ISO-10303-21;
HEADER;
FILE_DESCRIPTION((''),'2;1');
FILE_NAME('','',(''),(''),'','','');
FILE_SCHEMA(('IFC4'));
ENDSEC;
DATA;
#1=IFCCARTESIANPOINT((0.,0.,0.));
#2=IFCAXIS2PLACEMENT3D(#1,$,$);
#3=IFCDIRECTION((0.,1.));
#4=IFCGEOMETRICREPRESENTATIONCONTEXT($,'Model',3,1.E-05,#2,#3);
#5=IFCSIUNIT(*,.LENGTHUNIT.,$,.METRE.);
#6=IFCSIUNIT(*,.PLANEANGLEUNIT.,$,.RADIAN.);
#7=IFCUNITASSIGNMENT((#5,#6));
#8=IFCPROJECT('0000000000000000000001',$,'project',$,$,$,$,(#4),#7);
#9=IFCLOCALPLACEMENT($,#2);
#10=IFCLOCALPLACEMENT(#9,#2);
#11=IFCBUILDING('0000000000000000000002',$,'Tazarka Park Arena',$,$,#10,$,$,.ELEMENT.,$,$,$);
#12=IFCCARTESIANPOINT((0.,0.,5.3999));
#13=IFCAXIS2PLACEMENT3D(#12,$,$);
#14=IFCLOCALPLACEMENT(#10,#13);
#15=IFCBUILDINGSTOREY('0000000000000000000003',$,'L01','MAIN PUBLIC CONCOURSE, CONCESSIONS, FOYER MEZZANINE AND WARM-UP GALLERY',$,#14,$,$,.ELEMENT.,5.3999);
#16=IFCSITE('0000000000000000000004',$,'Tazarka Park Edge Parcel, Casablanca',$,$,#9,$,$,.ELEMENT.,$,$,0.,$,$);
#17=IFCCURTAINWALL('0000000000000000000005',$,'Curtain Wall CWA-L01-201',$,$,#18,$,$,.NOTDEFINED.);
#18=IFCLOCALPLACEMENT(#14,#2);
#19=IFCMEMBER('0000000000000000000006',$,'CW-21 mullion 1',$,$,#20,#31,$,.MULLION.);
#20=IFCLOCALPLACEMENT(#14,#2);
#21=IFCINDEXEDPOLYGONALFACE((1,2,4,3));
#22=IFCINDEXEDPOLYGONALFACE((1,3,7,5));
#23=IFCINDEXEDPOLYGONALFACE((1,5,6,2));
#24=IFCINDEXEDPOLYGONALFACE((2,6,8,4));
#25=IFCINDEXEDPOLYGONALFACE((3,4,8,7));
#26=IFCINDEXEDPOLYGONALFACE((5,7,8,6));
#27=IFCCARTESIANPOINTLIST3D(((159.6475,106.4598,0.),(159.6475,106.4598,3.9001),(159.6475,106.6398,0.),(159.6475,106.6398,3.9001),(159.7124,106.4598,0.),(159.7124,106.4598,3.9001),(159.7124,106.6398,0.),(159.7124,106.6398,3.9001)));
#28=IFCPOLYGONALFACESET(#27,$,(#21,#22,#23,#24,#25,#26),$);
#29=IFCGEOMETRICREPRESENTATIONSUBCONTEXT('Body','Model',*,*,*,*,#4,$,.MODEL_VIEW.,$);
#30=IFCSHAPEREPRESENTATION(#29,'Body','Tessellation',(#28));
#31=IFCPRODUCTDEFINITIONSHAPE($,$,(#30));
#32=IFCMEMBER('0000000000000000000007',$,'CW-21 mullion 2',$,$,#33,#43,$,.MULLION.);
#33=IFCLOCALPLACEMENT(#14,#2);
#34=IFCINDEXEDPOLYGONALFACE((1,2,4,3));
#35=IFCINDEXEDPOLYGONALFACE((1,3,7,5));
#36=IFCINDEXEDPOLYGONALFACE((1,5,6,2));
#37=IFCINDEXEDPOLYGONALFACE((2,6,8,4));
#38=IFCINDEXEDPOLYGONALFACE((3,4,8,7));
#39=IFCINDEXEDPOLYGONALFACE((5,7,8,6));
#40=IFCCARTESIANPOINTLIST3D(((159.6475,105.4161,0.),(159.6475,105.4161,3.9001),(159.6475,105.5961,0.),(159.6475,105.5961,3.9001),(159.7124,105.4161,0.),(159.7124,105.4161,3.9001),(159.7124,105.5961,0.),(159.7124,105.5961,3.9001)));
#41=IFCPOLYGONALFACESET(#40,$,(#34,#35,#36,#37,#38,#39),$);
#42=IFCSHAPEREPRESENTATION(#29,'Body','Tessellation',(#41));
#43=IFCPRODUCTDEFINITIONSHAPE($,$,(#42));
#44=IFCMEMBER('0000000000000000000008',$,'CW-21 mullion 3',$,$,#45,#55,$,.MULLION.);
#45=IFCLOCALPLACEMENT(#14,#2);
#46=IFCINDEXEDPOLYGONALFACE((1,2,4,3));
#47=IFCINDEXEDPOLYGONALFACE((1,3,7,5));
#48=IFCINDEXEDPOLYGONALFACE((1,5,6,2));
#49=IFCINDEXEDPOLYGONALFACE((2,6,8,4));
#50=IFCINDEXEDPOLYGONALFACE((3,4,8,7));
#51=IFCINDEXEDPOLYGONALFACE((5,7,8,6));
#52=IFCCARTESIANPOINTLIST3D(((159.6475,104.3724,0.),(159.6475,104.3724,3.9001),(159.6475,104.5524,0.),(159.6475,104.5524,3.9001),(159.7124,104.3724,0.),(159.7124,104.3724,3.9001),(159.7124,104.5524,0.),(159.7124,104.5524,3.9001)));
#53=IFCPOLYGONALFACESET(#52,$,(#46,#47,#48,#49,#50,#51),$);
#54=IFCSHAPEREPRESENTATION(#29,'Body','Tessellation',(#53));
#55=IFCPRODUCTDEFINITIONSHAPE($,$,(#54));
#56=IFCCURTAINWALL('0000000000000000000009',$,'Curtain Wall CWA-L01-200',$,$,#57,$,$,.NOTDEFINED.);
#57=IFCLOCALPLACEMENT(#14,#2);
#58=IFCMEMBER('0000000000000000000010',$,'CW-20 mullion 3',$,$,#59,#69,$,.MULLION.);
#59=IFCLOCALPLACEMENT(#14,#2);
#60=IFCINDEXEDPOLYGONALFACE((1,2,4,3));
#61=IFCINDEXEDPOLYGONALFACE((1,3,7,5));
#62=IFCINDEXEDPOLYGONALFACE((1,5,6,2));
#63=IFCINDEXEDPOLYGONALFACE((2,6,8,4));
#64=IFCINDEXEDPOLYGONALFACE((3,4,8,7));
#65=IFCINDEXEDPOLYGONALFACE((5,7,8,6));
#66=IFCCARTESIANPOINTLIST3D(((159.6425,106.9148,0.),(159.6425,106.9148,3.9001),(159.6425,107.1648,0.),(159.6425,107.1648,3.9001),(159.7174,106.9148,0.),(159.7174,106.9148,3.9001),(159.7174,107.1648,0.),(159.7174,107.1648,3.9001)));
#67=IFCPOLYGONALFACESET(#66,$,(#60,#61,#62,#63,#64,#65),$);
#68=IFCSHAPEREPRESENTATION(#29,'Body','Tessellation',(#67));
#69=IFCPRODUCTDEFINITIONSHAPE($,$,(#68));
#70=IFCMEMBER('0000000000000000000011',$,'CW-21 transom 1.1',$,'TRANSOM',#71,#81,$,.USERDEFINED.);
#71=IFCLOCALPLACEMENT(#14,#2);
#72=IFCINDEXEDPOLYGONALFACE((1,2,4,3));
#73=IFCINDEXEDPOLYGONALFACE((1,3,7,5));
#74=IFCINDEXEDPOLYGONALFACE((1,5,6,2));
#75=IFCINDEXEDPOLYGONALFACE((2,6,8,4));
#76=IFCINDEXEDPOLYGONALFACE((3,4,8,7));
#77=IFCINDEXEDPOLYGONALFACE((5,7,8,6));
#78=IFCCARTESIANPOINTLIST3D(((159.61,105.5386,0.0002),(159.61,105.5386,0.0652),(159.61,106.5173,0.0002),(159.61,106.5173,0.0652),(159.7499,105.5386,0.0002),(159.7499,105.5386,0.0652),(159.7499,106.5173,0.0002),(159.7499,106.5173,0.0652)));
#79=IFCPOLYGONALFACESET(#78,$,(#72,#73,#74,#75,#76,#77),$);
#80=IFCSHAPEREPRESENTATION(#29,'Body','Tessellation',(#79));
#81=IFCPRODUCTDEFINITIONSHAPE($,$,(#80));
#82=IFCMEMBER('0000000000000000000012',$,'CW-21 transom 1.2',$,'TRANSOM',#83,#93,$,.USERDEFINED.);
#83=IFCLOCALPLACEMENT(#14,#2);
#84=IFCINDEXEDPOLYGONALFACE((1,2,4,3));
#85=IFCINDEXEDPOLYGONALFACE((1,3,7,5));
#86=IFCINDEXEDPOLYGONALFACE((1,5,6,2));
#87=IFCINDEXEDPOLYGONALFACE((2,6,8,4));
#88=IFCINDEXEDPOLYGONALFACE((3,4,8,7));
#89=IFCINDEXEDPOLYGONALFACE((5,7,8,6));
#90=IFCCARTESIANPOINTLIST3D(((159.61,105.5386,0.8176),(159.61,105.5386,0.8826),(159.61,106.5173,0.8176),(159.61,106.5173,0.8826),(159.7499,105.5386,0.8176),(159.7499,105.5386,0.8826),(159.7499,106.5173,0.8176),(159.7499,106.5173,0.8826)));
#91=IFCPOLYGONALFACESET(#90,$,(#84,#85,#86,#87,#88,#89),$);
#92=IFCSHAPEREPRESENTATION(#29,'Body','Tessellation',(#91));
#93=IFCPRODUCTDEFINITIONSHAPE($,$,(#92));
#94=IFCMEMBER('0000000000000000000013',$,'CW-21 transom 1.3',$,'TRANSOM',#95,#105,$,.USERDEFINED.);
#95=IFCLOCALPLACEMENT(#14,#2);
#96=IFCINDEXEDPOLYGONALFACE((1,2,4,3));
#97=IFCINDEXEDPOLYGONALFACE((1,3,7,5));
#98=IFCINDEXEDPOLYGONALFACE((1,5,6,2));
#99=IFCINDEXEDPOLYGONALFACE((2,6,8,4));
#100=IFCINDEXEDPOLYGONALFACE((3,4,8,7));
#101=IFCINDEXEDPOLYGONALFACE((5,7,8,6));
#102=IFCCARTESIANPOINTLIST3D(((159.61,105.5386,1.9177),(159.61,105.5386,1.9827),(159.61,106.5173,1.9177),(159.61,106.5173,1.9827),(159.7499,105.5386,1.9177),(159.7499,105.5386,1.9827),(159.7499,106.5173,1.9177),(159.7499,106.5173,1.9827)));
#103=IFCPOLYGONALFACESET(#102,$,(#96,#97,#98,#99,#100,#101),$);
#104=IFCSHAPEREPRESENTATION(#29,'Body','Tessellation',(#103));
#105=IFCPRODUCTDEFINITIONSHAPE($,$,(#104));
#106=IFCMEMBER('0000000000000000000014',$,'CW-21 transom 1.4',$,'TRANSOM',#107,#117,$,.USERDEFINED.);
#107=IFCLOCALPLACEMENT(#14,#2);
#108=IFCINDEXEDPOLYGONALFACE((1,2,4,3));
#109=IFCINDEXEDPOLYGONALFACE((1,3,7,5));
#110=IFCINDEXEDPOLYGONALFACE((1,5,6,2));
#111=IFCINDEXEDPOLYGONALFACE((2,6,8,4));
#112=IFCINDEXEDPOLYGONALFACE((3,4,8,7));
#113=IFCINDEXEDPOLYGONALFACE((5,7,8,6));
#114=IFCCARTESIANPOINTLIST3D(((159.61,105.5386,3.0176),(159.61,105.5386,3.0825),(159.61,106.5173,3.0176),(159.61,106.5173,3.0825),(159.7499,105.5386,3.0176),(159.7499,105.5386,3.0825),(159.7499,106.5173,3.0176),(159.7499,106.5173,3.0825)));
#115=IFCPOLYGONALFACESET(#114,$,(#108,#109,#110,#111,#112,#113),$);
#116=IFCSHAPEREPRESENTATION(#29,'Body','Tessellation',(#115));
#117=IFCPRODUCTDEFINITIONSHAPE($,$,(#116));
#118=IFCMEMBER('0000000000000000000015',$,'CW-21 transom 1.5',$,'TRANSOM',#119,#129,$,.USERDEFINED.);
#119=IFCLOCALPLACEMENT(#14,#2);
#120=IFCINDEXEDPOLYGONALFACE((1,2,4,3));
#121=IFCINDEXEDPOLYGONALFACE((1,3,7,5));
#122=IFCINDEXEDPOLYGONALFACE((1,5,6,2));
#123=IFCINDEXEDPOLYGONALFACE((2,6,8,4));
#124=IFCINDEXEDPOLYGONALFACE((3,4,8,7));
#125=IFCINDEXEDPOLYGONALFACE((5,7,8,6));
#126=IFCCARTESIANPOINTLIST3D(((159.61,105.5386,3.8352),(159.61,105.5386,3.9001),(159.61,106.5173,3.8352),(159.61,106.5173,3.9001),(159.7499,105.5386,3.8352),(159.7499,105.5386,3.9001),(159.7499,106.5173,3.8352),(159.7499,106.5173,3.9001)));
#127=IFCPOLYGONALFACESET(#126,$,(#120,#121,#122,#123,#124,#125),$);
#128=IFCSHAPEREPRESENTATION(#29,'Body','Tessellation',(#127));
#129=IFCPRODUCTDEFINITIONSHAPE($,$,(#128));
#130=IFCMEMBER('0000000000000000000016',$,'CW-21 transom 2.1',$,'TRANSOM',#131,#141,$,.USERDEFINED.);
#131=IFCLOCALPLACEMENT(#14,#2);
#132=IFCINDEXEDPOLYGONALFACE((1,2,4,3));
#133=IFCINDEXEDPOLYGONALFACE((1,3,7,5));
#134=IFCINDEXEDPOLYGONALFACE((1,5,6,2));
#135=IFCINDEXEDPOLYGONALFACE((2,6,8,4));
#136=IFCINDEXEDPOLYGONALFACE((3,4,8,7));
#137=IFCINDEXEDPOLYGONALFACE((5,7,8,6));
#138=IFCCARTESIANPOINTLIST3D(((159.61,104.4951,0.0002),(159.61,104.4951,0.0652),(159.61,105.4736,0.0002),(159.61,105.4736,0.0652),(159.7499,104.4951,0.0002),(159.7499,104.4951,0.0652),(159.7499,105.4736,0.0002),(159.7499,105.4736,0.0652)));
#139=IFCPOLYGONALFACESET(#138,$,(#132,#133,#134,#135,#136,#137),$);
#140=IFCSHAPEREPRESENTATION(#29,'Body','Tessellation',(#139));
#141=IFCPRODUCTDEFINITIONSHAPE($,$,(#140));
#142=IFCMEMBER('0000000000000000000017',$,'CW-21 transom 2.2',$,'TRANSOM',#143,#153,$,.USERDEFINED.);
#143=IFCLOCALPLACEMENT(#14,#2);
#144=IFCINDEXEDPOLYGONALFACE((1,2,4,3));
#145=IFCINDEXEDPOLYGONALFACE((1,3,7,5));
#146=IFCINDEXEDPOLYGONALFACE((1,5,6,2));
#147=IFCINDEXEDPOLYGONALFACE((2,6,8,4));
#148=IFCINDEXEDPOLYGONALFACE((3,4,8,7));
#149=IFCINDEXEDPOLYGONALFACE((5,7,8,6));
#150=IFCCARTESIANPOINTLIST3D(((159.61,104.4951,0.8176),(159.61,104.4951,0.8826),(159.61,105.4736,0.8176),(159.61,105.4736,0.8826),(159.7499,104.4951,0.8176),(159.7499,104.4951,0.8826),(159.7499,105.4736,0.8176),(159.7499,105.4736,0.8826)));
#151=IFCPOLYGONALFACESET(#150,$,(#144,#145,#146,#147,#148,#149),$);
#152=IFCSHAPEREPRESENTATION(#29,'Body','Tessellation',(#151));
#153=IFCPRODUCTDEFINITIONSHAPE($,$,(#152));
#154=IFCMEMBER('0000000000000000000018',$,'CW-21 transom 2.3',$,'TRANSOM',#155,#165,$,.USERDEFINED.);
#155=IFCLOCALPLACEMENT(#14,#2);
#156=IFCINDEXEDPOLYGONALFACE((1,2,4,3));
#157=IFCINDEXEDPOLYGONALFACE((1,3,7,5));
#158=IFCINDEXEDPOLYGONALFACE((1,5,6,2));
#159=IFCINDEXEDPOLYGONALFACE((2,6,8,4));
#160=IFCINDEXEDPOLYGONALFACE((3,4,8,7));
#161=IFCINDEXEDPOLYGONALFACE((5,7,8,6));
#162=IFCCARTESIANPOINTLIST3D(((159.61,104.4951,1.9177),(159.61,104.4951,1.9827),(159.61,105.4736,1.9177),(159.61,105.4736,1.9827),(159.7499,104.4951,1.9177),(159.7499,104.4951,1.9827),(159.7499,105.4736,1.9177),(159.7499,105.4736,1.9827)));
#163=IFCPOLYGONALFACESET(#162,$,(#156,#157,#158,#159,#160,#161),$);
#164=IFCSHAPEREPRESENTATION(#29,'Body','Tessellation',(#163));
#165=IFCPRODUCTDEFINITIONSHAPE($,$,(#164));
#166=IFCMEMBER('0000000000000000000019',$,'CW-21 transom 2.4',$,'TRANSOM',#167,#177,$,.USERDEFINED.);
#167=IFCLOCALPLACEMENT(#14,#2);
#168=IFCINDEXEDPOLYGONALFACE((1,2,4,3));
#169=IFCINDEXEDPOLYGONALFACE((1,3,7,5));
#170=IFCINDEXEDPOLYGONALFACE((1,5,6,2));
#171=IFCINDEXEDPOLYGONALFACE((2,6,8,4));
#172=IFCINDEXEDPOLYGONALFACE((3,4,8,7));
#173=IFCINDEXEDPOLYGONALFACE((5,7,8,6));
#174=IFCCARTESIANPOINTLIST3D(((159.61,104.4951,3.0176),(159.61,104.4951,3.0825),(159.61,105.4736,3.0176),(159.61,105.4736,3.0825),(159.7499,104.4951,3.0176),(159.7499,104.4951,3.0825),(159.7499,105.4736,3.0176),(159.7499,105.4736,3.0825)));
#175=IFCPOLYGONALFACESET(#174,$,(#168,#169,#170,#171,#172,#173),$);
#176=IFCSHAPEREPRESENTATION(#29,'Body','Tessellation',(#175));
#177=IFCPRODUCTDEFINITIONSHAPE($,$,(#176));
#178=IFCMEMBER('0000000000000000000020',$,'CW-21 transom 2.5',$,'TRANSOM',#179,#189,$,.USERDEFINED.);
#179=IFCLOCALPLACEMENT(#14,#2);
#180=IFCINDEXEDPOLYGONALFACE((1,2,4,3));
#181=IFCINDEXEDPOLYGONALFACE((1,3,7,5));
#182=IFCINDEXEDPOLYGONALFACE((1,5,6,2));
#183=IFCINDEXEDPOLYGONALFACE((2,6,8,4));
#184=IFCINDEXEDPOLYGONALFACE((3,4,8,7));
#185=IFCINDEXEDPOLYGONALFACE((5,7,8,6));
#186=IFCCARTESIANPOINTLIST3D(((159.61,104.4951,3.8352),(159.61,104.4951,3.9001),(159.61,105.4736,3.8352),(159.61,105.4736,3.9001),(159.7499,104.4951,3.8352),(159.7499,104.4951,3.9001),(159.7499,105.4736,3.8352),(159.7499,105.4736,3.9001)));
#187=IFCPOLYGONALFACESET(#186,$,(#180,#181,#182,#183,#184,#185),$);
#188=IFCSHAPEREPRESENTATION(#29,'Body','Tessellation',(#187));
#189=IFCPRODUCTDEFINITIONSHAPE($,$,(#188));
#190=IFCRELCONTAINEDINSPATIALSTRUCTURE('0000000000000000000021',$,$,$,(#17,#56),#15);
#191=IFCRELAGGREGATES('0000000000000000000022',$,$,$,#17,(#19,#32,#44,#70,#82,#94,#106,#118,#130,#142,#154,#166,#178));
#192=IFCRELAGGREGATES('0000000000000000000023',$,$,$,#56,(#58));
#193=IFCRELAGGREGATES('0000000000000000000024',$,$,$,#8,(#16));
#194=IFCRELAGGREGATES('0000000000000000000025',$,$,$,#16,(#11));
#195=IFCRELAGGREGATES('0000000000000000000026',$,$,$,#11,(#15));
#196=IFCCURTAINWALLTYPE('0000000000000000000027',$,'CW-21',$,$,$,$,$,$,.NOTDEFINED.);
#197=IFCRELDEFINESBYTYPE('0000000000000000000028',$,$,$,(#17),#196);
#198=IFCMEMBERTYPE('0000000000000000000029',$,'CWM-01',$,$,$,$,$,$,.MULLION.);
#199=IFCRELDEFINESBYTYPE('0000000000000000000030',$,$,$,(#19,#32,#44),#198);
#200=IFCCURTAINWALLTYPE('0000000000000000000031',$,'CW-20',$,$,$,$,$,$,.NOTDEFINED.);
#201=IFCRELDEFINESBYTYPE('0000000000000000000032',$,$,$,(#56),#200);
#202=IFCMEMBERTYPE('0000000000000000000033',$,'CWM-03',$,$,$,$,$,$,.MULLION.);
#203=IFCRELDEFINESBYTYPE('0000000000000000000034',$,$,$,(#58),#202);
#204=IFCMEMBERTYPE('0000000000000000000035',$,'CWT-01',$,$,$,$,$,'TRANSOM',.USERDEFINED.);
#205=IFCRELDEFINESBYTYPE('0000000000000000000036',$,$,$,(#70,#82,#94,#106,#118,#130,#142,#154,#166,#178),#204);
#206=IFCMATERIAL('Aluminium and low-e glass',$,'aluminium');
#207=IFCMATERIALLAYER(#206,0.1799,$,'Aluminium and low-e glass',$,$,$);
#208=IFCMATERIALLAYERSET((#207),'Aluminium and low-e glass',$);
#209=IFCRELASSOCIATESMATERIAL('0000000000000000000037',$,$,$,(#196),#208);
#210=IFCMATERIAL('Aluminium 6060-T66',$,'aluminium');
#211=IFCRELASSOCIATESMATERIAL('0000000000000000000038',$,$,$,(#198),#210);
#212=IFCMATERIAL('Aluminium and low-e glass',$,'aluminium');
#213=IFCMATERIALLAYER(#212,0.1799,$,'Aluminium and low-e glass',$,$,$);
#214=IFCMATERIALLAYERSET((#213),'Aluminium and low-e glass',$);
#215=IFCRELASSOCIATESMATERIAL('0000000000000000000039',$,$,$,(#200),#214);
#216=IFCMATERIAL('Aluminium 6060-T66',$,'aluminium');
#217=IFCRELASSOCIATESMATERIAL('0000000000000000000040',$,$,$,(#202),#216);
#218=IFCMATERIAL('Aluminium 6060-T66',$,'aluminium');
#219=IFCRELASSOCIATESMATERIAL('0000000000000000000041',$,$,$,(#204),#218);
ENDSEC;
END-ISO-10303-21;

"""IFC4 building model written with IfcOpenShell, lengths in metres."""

from ifc_helpers import new_model, si_unit, direction, frame, origin, origin_2d, place, context, subcontext, project, spatial, rectangle, extrude, material, layer, layer_set, material_profile, profile_set, type_object, element, aggregate, save


model = new_model("IFC4")

# Units and contexts
model_context = context("Model", 3, precision=1e-05, world=origin(), true_north=direction((0.0, 1.0)))
body_context = subcontext(model_context, "Body", "Model", "MODEL_VIEW")
ifc_project = project(units=[si_unit("LENGTHUNIT", "METRE"), si_unit("PLANEANGLEUNIT", "RADIAN")], contexts=[model_context])

# Site, building, storey
site_placement = place(None, origin())
site = spatial("IfcSite", under=ifc_project, at=site_placement, Name="Tazarka Park Edge Parcel, Casablanca", CompositionType="ELEMENT", RefElevation=0.0)
building_placement = place(site_placement, origin())
building = spatial("IfcBuilding", under=site, at=building_placement, Name="Tazarka Park Arena", CompositionType="ELEMENT")
storey_placement = place(building_placement, frame((0.0, 0.0, 5.3999)))
storey = spatial("IfcBuildingStorey", under=building, at=storey_placement, Name="L01", Description="MAIN PUBLIC CONCOURSE, CONCESSIONS, FOYER MEZZANINE AND WARM-UP GALLERY", CompositionType="ELEMENT", Elevation=5.3999)

# Curtain wall, members
ifc_material_1 = material(Name="Aluminium and low-e glass", Category="aluminium")
ifc_layer_1 = layer(ifc_material_1, 0.1799, Name="Aluminium and low-e glass")
ifc_layer_set_1 = layer_set([ifc_layer_1], Name="Aluminium and low-e glass")
curtain_wall_type_1 = type_object("IfcCurtainWallType", Name="CW-21", PredefinedType="NOTDEFINED", material=ifc_layer_set_1)
curtain_wall_1_placement = place(storey_placement, origin())
curtain_wall_1 = element("IfcCurtainWall", 1, at=curtain_wall_1_placement, inside=storey, type_object=curtain_wall_type_1, Name="Curtain Wall CWA-L01-201", PredefinedType="NOTDEFINED")
ifc_material_2 = material(Name="Aluminium 6060-T66", Category="aluminium")
ifc_material_profile_1 = material_profile(ifc_material_2, rectangle(XDim=0.0649, YDim=0.1799, at=origin_2d()), Name="Aluminium 6060-T66")
ifc_profile_set_1 = profile_set([ifc_material_profile_1], Name="Aluminium 6060-T66")
member_type_1 = type_object("IfcMemberType", Name="CWM-01", PredefinedType="MULLION", material=ifc_profile_set_1)
member_1_placement = place(storey_placement, frame((159.6799, 106.5498, 0.0), z_axis=(0.0, 0.0, 1.0), x_axis=(1.0, 0.0, 0.0)))
member_1 = element("IfcMember", 2, at=member_1_placement, type_object=member_type_1, Name="CW-21 mullion 1", PredefinedType="MULLION", context=body_context, shape_type="SweptSolid", body=[
    extrude(rectangle(XDim=0.0649, YDim=0.1799, at=origin_2d()), origin(), (0.0, 0.0, 1.0), 3.9001),
])
member_2_placement = place(storey_placement, frame((159.6799, 105.5061, 0.0), z_axis=(0.0, 0.0, 1.0), x_axis=(1.0, 0.0, 0.0)))
member_2 = element("IfcMember", 3, at=member_2_placement, type_object=member_type_1, Name="CW-21 mullion 2", PredefinedType="MULLION", context=body_context, shape_type="SweptSolid", body=[
    extrude(rectangle(XDim=0.0649, YDim=0.1799, at=origin_2d()), origin(), (0.0, 0.0, 1.0), 3.9001),
])
member_3_placement = place(storey_placement, frame((159.6799, 104.4624, 0.0), z_axis=(0.0, 0.0, 1.0), x_axis=(1.0, 0.0, 0.0)))
member_3 = element("IfcMember", 4, at=member_3_placement, type_object=member_type_1, Name="CW-21 mullion 3", PredefinedType="MULLION", context=body_context, shape_type="SweptSolid", body=[
    extrude(rectangle(XDim=0.0649, YDim=0.1799, at=origin_2d()), origin(), (0.0, 0.0, 1.0), 3.9001),
])

# Curtain wall, member
ifc_material_3 = material(Name="Aluminium and low-e glass", Category="aluminium")
ifc_layer_2 = layer(ifc_material_3, 0.1799, Name="Aluminium and low-e glass")
ifc_layer_set_2 = layer_set([ifc_layer_2], Name="Aluminium and low-e glass")
curtain_wall_type_2 = type_object("IfcCurtainWallType", Name="CW-20", PredefinedType="NOTDEFINED", material=ifc_layer_set_2)
curtain_wall_2_placement = place(storey_placement, origin())
curtain_wall_2 = element("IfcCurtainWall", 5, at=curtain_wall_2_placement, inside=storey, type_object=curtain_wall_type_2, Name="Curtain Wall CWA-L01-200", PredefinedType="NOTDEFINED")
ifc_material_4 = material(Name="Aluminium 6060-T66", Category="aluminium")
ifc_material_profile_2 = material_profile(ifc_material_4, rectangle(XDim=0.075, YDim=0.25, at=origin_2d()), Name="Aluminium 6060-T66")
ifc_profile_set_2 = profile_set([ifc_material_profile_2], Name="Aluminium 6060-T66")
member_type_2 = type_object("IfcMemberType", Name="CWM-03", PredefinedType="MULLION", material=ifc_profile_set_2)
member_4_placement = place(storey_placement, frame((159.6799, 107.0398, 0.0), z_axis=(0.0, 0.0, 1.0), x_axis=(1.0, 0.0, 0.0)))
member_4 = element("IfcMember", 6, at=member_4_placement, type_object=member_type_2, Name="CW-20 mullion 3", PredefinedType="MULLION", context=body_context, shape_type="SweptSolid", body=[
    extrude(rectangle(XDim=0.075, YDim=0.25, at=origin_2d()), origin(), (0.0, 0.0, 1.0), 3.9001),
])

# Members
ifc_material_5 = material(Name="Aluminium 6060-T66", Category="aluminium")
ifc_material_profile_3 = material_profile(ifc_material_5, rectangle(XDim=0.1399, YDim=0.0649, at=origin_2d()), Name="Aluminium 6060-T66")
ifc_profile_set_3 = profile_set([ifc_material_profile_3], Name="Aluminium 6060-T66")
member_type_3 = type_object("IfcMemberType", Name="CWT-01", ElementType="TRANSOM", PredefinedType="USERDEFINED", material=ifc_profile_set_3)
member_5_placement = place(storey_placement, frame((159.6799, 106.5173, 0.0327), z_axis=(0.0, -1.0, 0.0), x_axis=(1.0, 0.0, 0.0)))
member_5 = element("IfcMember", 7, at=member_5_placement, type_object=member_type_3, Name="CW-21 transom 1.1", ObjectType="TRANSOM", PredefinedType="USERDEFINED", context=body_context, shape_type="SweptSolid", body=[
    extrude(rectangle(XDim=0.1399, YDim=0.0649, at=origin_2d()), origin(), (0.0, 0.0, 1.0), 0.9788),
])
member_6_placement = place(storey_placement, frame((159.6799, 106.5173, 0.8501), z_axis=(0.0, -1.0, 0.0), x_axis=(1.0, 0.0, 0.0)))
member_6 = element("IfcMember", 8, at=member_6_placement, type_object=member_type_3, Name="CW-21 transom 1.2", ObjectType="TRANSOM", PredefinedType="USERDEFINED", context=body_context, shape_type="SweptSolid", body=[
    extrude(rectangle(XDim=0.1399, YDim=0.0649, at=origin_2d()), origin(), (0.0, 0.0, 1.0), 0.9788),
])
member_7_placement = place(storey_placement, frame((159.6799, 106.5173, 1.9502), z_axis=(0.0, -1.0, 0.0), x_axis=(1.0, 0.0, 0.0)))
member_7 = element("IfcMember", 9, at=member_7_placement, type_object=member_type_3, Name="CW-21 transom 1.3", ObjectType="TRANSOM", PredefinedType="USERDEFINED", context=body_context, shape_type="SweptSolid", body=[
    extrude(rectangle(XDim=0.1399, YDim=0.0649, at=origin_2d()), origin(), (0.0, 0.0, 1.0), 0.9788),
])
member_8_placement = place(storey_placement, frame((159.6799, 106.5173, 3.05), z_axis=(0.0, -1.0, 0.0), x_axis=(1.0, 0.0, 0.0)))
member_8 = element("IfcMember", 10, at=member_8_placement, type_object=member_type_3, Name="CW-21 transom 1.4", ObjectType="TRANSOM", PredefinedType="USERDEFINED", context=body_context, shape_type="SweptSolid", body=[
    extrude(rectangle(XDim=0.1399, YDim=0.0649, at=origin_2d()), origin(), (0.0, 0.0, 1.0), 0.9788),
])
member_9_placement = place(storey_placement, frame((159.6799, 106.5173, 3.8677), z_axis=(0.0, -1.0, 0.0), x_axis=(1.0, 0.0, 0.0)))
member_9 = element("IfcMember", 11, at=member_9_placement, type_object=member_type_3, Name="CW-21 transom 1.5", ObjectType="TRANSOM", PredefinedType="USERDEFINED", context=body_context, shape_type="SweptSolid", body=[
    extrude(rectangle(XDim=0.1399, YDim=0.0649, at=origin_2d()), origin(), (0.0, 0.0, 1.0), 0.9788),
])
member_10_placement = place(storey_placement, frame((159.6799, 105.4736, 0.0327), z_axis=(0.0, -1.0, 0.0), x_axis=(1.0, 0.0, 0.0)))
member_10 = element("IfcMember", 12, at=member_10_placement, type_object=member_type_3, Name="CW-21 transom 2.1", ObjectType="TRANSOM", PredefinedType="USERDEFINED", context=body_context, shape_type="SweptSolid", body=[
    extrude(rectangle(XDim=0.1399, YDim=0.0649, at=origin_2d()), origin(), (0.0, 0.0, 1.0), 0.9785),
])
member_11_placement = place(storey_placement, frame((159.6799, 105.4736, 0.8501), z_axis=(0.0, -1.0, 0.0), x_axis=(1.0, 0.0, 0.0)))
member_11 = element("IfcMember", 13, at=member_11_placement, type_object=member_type_3, Name="CW-21 transom 2.2", ObjectType="TRANSOM", PredefinedType="USERDEFINED", context=body_context, shape_type="SweptSolid", body=[
    extrude(rectangle(XDim=0.1399, YDim=0.0649, at=origin_2d()), origin(), (0.0, 0.0, 1.0), 0.9785),
])
member_12_placement = place(storey_placement, frame((159.6799, 105.4736, 1.9502), z_axis=(0.0, -1.0, 0.0), x_axis=(1.0, 0.0, 0.0)))
member_12 = element("IfcMember", 14, at=member_12_placement, type_object=member_type_3, Name="CW-21 transom 2.3", ObjectType="TRANSOM", PredefinedType="USERDEFINED", context=body_context, shape_type="SweptSolid", body=[
    extrude(rectangle(XDim=0.1399, YDim=0.0649, at=origin_2d()), origin(), (0.0, 0.0, 1.0), 0.9785),
])
member_13_placement = place(storey_placement, frame((159.6799, 105.4736, 3.05), z_axis=(0.0, -1.0, 0.0), x_axis=(1.0, 0.0, 0.0)))
member_13 = element("IfcMember", 15, at=member_13_placement, type_object=member_type_3, Name="CW-21 transom 2.4", ObjectType="TRANSOM", PredefinedType="USERDEFINED", context=body_context, shape_type="SweptSolid", body=[
    extrude(rectangle(XDim=0.1399, YDim=0.0649, at=origin_2d()), origin(), (0.0, 0.0, 1.0), 0.9785),
])
member_14_placement = place(storey_placement, frame((159.6799, 105.4736, 3.8677), z_axis=(0.0, -1.0, 0.0), x_axis=(1.0, 0.0, 0.0)))
member_14 = element("IfcMember", 16, at=member_14_placement, type_object=member_type_3, Name="CW-21 transom 2.5", ObjectType="TRANSOM", PredefinedType="USERDEFINED", context=body_context, shape_type="SweptSolid", body=[
    extrude(rectangle(XDim=0.1399, YDim=0.0649, at=origin_2d()), origin(), (0.0, 0.0, 1.0), 0.9785),
])

aggregate(curtain_wall_1, [member_1, member_2, member_3, member_5, member_6, member_7, member_8, member_9, member_10, member_11, member_12, member_13, member_14])
aggregate(curtain_wall_2, [member_4])

save(model, "model.ifc")
